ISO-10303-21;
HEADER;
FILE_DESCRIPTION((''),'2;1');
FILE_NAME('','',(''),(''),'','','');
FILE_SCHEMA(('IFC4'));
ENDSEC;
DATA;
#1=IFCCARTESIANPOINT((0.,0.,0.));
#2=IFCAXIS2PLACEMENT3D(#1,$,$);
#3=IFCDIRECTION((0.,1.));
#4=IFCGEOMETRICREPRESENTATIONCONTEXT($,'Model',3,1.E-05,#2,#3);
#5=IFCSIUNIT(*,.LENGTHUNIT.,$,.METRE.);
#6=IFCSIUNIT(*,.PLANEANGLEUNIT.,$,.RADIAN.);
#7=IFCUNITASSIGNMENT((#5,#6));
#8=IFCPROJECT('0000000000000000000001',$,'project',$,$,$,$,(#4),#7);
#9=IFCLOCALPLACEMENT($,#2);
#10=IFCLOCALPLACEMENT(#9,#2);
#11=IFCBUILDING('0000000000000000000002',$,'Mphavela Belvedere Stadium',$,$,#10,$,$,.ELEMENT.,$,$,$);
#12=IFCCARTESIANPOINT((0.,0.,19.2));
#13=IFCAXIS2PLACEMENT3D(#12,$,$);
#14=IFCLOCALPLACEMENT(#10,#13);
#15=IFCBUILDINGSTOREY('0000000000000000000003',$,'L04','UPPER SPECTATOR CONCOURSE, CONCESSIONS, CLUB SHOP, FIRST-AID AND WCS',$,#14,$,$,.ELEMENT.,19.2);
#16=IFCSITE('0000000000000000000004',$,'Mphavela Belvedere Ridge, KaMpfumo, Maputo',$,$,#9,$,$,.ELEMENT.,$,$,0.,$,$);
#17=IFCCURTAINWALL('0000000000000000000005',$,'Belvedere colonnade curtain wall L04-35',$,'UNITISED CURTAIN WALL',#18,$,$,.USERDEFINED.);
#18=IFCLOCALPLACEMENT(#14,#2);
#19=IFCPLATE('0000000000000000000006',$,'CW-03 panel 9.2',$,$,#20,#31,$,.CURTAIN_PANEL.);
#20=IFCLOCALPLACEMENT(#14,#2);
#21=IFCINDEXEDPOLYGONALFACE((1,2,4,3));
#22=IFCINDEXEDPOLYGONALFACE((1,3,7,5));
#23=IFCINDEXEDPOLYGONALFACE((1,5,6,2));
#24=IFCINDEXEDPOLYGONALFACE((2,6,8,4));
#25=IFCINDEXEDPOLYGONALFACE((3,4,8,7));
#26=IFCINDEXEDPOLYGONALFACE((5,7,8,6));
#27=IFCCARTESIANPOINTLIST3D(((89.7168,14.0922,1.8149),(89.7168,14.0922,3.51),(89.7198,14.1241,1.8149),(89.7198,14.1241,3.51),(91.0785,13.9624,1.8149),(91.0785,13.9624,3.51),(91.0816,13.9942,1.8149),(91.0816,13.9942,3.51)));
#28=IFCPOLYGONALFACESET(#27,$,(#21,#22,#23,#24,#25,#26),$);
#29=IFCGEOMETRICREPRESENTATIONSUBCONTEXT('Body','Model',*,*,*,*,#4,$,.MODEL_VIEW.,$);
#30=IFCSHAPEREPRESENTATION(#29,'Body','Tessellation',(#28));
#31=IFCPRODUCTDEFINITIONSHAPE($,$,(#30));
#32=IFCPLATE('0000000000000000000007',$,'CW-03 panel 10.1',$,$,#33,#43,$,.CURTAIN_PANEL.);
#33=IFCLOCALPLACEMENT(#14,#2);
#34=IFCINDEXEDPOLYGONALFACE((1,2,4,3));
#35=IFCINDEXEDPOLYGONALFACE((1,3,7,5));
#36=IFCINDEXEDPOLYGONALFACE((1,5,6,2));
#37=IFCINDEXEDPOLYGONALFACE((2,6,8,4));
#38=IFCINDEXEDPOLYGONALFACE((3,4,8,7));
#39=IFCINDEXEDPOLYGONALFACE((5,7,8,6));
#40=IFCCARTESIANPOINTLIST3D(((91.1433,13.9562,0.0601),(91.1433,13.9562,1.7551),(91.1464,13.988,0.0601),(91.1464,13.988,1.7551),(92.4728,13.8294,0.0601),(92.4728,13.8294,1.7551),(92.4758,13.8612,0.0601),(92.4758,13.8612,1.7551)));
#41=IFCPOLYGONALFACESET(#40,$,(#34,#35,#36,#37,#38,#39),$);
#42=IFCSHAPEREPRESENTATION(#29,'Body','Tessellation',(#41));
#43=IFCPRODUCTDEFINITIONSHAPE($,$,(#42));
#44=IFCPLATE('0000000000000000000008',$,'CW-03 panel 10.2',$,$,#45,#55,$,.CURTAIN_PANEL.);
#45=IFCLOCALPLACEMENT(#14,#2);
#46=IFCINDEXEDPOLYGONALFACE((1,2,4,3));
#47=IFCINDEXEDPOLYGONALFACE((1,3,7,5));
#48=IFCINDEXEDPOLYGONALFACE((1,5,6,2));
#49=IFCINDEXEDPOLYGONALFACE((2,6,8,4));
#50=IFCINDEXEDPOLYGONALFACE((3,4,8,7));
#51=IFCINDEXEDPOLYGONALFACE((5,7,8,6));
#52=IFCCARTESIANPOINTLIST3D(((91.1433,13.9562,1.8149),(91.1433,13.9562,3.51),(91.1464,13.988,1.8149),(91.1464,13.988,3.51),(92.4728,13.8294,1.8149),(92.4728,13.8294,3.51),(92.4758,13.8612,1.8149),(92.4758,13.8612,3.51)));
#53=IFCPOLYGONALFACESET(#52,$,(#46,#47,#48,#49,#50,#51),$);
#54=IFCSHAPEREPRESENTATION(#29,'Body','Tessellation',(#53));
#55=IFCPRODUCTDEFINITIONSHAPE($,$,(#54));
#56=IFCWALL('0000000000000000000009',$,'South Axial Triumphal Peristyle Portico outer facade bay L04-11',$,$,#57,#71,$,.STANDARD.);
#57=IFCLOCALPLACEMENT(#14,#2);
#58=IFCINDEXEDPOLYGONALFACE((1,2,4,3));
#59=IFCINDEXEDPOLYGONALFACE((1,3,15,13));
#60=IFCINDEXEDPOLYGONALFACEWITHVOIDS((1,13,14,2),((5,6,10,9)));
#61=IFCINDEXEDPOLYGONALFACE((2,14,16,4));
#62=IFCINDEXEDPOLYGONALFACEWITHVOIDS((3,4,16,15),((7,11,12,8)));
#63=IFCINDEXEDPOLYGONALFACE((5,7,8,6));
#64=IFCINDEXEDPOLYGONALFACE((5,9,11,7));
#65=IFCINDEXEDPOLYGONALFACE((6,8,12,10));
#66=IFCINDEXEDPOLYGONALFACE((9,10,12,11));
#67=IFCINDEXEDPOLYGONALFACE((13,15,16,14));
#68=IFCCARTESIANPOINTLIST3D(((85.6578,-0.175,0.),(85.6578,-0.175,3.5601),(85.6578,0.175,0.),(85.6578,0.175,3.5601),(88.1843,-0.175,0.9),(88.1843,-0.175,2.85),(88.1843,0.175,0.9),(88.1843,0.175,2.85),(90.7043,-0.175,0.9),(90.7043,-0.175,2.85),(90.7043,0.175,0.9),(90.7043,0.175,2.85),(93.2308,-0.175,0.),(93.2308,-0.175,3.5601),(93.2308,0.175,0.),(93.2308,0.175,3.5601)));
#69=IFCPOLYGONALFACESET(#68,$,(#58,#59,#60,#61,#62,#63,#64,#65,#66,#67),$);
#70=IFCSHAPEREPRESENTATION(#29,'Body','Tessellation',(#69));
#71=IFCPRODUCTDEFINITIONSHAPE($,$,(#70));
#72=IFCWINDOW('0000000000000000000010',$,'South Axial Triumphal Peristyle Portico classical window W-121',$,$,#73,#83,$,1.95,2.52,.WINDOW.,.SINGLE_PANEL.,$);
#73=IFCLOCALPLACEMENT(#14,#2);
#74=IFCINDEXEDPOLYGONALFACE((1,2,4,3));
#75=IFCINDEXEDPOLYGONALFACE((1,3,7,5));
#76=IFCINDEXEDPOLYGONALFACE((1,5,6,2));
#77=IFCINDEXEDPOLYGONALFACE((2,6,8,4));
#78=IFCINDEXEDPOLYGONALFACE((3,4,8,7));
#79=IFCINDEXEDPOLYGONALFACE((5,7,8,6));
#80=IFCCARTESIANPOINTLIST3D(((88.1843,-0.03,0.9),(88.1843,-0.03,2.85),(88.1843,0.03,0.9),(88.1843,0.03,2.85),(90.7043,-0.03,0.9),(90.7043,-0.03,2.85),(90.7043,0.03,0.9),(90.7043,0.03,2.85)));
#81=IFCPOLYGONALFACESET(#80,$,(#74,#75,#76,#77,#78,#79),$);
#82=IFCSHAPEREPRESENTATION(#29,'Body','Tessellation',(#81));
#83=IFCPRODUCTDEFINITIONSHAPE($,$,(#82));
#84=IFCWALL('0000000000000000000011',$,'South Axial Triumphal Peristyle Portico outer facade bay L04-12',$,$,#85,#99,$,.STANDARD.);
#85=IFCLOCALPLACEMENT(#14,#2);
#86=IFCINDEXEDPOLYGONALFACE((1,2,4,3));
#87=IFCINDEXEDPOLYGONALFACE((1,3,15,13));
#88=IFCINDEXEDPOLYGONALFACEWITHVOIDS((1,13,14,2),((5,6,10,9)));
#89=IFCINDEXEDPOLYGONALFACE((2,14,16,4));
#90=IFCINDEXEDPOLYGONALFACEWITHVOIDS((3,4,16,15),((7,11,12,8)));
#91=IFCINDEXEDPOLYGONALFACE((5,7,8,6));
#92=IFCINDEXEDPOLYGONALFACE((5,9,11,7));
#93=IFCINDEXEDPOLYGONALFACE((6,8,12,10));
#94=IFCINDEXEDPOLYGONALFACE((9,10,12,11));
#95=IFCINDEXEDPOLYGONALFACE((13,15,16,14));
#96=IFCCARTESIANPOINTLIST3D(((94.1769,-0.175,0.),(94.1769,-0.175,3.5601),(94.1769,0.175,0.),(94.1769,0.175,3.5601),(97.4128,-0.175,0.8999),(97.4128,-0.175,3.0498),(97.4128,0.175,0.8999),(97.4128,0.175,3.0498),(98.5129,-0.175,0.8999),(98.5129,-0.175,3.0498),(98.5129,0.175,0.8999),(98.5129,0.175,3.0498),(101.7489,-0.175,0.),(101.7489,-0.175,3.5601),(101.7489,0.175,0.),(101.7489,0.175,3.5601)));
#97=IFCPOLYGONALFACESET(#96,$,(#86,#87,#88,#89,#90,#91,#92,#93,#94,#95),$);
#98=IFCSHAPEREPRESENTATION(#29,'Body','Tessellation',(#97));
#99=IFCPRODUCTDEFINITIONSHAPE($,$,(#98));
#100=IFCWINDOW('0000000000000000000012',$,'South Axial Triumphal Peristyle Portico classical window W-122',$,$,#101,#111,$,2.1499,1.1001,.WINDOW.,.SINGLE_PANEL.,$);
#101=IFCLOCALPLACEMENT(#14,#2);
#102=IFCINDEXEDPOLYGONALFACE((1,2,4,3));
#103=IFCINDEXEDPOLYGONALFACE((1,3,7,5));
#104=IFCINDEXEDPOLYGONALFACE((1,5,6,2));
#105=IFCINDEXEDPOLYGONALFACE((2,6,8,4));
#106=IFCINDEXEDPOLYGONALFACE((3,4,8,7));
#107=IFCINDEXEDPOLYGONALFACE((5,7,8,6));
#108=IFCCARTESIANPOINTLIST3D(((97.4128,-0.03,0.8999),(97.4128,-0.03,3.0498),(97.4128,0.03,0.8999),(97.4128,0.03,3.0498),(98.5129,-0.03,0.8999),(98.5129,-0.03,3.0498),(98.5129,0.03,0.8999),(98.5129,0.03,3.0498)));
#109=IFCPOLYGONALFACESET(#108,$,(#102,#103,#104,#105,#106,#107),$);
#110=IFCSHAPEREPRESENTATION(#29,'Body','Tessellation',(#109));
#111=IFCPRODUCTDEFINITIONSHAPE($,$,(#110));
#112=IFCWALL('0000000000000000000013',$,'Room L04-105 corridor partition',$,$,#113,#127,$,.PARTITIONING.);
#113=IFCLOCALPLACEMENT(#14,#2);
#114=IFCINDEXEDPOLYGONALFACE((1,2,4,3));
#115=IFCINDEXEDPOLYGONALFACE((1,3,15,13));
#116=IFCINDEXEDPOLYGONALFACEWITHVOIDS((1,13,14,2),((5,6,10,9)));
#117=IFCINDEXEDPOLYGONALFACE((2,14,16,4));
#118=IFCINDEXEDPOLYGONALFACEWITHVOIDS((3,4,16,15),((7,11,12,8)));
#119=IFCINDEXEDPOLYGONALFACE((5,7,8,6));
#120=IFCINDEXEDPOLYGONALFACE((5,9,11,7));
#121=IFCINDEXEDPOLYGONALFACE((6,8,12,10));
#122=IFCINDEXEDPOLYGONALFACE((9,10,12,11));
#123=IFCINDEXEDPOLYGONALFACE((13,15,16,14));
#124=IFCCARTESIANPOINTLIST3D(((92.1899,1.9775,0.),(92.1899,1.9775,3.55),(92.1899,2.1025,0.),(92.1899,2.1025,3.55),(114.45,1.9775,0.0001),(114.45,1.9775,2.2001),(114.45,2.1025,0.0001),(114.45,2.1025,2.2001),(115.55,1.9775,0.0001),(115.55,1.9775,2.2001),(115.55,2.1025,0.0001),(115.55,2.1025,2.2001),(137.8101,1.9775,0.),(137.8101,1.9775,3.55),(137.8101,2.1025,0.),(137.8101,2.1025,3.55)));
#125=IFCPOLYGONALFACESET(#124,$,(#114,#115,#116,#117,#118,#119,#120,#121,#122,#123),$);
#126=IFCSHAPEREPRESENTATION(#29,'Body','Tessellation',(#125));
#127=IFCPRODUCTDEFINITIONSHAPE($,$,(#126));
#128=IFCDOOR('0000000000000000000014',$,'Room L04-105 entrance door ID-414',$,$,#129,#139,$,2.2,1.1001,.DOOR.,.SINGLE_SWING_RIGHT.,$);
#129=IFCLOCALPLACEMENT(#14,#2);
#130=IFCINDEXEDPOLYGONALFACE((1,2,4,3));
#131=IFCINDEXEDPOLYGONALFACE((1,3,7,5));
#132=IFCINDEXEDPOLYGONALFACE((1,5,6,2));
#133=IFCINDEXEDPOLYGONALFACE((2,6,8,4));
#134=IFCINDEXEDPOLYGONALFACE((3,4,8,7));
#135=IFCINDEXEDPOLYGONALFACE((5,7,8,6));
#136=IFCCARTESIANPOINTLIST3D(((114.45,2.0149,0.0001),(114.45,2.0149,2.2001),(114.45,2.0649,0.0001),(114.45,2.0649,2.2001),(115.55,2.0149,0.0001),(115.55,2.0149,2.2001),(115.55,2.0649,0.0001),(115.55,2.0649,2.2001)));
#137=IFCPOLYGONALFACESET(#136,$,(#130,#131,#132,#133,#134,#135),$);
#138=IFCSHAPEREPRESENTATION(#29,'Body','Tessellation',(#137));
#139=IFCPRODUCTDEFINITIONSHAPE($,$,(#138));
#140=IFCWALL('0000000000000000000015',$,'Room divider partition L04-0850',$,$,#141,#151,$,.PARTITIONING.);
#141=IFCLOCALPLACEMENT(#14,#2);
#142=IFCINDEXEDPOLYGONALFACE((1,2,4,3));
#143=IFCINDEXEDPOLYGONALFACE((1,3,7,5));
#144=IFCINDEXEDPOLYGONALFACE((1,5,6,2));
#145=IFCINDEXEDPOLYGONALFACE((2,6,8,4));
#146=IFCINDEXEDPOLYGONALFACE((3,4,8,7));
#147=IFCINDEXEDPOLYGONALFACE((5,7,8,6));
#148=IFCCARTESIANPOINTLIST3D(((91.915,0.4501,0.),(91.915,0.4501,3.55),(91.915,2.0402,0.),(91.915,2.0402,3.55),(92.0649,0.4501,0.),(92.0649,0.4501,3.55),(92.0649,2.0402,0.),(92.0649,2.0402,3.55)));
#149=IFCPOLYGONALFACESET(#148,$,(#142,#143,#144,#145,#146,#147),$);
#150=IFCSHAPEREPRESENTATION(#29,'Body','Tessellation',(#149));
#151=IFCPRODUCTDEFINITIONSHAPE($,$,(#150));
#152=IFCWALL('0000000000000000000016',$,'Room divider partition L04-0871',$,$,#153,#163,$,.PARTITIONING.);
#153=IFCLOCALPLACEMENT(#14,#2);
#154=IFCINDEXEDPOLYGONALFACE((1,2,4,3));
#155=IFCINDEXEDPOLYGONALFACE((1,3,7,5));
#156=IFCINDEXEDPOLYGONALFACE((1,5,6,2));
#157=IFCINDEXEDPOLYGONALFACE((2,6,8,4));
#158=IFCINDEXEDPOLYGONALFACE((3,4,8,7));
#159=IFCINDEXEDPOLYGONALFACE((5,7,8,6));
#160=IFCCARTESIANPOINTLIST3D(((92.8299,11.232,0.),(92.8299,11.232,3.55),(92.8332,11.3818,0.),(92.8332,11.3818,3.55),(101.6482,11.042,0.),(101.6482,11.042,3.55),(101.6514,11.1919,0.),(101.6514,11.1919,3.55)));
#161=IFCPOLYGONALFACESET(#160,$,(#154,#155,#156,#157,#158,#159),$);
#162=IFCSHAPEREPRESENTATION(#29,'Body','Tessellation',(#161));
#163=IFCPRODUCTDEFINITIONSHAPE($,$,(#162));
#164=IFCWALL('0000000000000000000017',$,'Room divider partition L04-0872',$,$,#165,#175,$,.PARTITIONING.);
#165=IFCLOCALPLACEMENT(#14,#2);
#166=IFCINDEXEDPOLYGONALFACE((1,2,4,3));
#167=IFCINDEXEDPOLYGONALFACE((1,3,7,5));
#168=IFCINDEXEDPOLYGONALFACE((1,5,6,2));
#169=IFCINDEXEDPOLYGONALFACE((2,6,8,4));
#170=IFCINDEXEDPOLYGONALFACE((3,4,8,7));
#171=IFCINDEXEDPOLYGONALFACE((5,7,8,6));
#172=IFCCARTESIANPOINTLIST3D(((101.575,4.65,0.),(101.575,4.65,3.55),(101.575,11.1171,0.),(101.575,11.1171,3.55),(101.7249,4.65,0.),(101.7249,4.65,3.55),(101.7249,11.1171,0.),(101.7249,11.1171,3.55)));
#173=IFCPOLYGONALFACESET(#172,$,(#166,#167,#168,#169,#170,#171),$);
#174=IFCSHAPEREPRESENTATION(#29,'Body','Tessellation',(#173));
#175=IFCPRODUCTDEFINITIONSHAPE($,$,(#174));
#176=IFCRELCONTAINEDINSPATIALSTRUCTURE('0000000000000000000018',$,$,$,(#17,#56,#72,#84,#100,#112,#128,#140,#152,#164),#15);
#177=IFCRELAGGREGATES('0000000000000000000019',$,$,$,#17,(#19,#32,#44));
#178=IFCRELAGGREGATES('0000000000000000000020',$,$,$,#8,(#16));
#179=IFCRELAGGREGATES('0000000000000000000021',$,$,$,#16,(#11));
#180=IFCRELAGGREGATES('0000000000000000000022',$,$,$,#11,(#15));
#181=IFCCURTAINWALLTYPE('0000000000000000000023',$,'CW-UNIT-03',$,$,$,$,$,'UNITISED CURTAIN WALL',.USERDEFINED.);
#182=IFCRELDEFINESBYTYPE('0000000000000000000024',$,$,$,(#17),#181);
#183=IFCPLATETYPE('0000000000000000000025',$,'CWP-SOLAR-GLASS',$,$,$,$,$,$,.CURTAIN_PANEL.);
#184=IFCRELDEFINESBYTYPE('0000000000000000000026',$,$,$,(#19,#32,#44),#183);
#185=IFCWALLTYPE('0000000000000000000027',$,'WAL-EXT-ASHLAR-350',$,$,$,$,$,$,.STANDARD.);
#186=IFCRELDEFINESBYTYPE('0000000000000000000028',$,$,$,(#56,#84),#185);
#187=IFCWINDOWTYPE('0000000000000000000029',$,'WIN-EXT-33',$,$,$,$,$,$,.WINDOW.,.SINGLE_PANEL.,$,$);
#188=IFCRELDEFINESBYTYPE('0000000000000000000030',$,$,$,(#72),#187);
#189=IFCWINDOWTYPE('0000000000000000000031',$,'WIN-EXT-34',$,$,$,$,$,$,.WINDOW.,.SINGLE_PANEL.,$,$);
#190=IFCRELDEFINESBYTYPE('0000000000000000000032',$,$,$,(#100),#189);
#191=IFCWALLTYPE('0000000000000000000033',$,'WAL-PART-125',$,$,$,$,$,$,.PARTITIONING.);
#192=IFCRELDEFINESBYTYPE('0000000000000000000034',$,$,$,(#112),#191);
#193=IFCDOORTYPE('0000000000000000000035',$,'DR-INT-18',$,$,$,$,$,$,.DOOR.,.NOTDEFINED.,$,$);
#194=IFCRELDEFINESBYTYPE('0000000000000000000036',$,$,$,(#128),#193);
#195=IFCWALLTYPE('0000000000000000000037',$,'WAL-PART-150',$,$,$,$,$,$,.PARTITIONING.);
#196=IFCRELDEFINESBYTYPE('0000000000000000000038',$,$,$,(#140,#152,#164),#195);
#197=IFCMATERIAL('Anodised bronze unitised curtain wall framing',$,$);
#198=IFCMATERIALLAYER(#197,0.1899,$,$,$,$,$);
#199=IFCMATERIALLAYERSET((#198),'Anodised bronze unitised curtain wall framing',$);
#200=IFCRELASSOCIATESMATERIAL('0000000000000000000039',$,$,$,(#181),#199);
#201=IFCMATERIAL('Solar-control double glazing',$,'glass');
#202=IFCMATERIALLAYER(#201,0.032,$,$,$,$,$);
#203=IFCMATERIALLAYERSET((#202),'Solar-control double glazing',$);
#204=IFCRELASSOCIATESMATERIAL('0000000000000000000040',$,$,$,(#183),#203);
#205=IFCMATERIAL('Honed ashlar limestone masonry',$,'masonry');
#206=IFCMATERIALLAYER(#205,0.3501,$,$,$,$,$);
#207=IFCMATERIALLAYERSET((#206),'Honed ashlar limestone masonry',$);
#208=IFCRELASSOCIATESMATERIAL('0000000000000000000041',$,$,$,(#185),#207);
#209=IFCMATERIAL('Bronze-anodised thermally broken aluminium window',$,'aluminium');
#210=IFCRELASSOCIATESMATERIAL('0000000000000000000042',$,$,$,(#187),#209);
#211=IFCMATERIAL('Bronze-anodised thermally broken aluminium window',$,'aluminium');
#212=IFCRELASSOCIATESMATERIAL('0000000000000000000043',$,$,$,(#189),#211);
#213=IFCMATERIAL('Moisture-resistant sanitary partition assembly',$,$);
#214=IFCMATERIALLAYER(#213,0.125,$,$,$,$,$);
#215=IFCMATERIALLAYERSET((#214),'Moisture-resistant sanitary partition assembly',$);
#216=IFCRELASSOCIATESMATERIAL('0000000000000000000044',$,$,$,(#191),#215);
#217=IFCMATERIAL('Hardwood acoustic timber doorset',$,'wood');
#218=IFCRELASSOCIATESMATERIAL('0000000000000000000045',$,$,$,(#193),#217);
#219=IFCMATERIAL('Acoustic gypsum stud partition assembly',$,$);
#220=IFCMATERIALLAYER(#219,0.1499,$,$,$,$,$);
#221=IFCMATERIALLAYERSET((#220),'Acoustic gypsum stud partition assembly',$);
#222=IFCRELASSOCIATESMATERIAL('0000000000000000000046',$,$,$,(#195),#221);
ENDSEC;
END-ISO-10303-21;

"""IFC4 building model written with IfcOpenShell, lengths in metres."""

from ifc_helpers import new_model, si_unit, direction, frame, frame_2d, origin, origin_2d, place, context, subcontext, project, spatial, rectangle, extrude, material, layer, layer_set, type_object, element, fill, aggregate, save


model = new_model("IFC4")

# Units and contexts
model_context = context("Model", 3, precision=1e-05, world=origin(), true_north=direction((0.0, 1.0)))
body_context = subcontext(model_context, "Body", "Model", "MODEL_VIEW")
ifc_project = project(units=[si_unit("LENGTHUNIT", "METRE"), si_unit("PLANEANGLEUNIT", "RADIAN")], contexts=[model_context])

# Site, building, storey
site_placement = place(None, origin())
site = spatial("IfcSite", under=ifc_project, at=site_placement, Name="Mphavela Belvedere Ridge, KaMpfumo, Maputo", CompositionType="ELEMENT", RefElevation=0.0)
building_placement = place(site_placement, origin())
building = spatial("IfcBuilding", under=site, at=building_placement, Name="Mphavela Belvedere Stadium", CompositionType="ELEMENT")
storey_placement = place(building_placement, frame((0.0, 0.0, 19.2)))
storey = spatial("IfcBuildingStorey", under=building, at=storey_placement, Name="L04", Description="UPPER SPECTATOR CONCOURSE, CONCESSIONS, CLUB SHOP, FIRST-AID AND WCS", CompositionType="ELEMENT", Elevation=19.2)

# Curtain wall, plates
ifc_material_1 = material(Name="Anodised bronze unitised curtain wall framing")
ifc_layer_1 = layer(ifc_material_1, 0.1899)
ifc_layer_set_1 = layer_set([ifc_layer_1], Name="Anodised bronze unitised curtain wall framing")
curtain_wall_type = type_object("IfcCurtainWallType", Name="CW-UNIT-03", ElementType="UNITISED CURTAIN WALL", PredefinedType="USERDEFINED", material=ifc_layer_set_1)
curtain_wall_placement = place(storey_placement, origin())
curtain_wall = element("IfcCurtainWall", 1, at=curtain_wall_placement, inside=storey, type_object=curtain_wall_type, Name="Belvedere colonnade curtain wall L04-35", ObjectType="UNITISED CURTAIN WALL", PredefinedType="USERDEFINED")
ifc_material_2 = material(Name="Solar-control double glazing", Category="glass")
ifc_layer_2 = layer(ifc_material_2, 0.032)
ifc_layer_set_2 = layer_set([ifc_layer_2], Name="Solar-control double glazing")
plate_type = type_object("IfcPlateType", Name="CWP-SOLAR-GLASS", PredefinedType="CURTAIN_PANEL", material=ifc_layer_set_2)
plate_1_placement = place(storey_placement, frame((90.3992, 14.0432, 1.8149), z_axis=(0.0, 0.0, 1.0), x_axis=(0.995484, -0.094933, 0.0)))
plate_1 = element("IfcPlate", 2, at=plate_1_placement, type_object=plate_type, Name="CW-03 panel 9.2", PredefinedType="CURTAIN_PANEL", context=body_context, shape_type="SweptSolid", body=[
    extrude(rectangle(XDim=1.3679, YDim=0.032, at=origin_2d()), origin(), (0.0, 0.0, 1.0), 1.6951),
])
plate_2_placement = place(storey_placement, frame((91.8096, 13.9087, 0.0601), z_axis=(0.0, 0.0, 1.0), x_axis=(0.995484, -0.094933, 0.0)))
plate_2 = element("IfcPlate", 3, at=plate_2_placement, type_object=plate_type, Name="CW-03 panel 10.1", PredefinedType="CURTAIN_PANEL", context=body_context, shape_type="SweptSolid", body=[
    extrude(rectangle(XDim=1.3354, YDim=0.032, at=origin_2d()), origin(), (0.0, 0.0, 1.0), 1.6951),
])
plate_3_placement = place(storey_placement, frame((91.8096, 13.9087, 1.8149), z_axis=(0.0, 0.0, 1.0), x_axis=(0.995484, -0.094933, 0.0)))
plate_3 = element("IfcPlate", 4, at=plate_3_placement, type_object=plate_type, Name="CW-03 panel 10.2", PredefinedType="CURTAIN_PANEL", context=body_context, shape_type="SweptSolid", body=[
    extrude(rectangle(XDim=1.3354, YDim=0.032, at=origin_2d()), origin(), (0.0, 0.0, 1.0), 1.6951),
])
aggregate(curtain_wall, [plate_1, plate_2, plate_3])

# Walls, openings, windows
ifc_material_3 = material(Name="Honed ashlar limestone masonry", Category="masonry")
ifc_layer_3 = layer(ifc_material_3, 0.3501)
ifc_layer_set_3 = layer_set([ifc_layer_3], Name="Honed ashlar limestone masonry")
wall_type_1 = type_object("IfcWallType", Name="WAL-EXT-ASHLAR-350", PredefinedType="STANDARD", material=ifc_layer_set_3)
wall_1_placement = place(storey_placement, frame((93.231, 0.0, 0.0), z_axis=(0.0, 0.0, 1.0), x_axis=(-1.0, 0.0, 0.0)))
wall_1 = element("IfcWall", 5, at=wall_1_placement, inside=storey, type_object=wall_type_1, Name="South Axial Triumphal Peristyle Portico outer facade bay L04-11", PredefinedType="STANDARD", context=body_context, shape_type="SweptSolid", body=[
    extrude(rectangle(XDim=7.573, YDim=0.3501, at=frame_2d((3.7866, 0.0))), origin(), (0.0, 0.0, 1.0), 3.5601),
])
opening_1_placement = place(wall_1_placement, frame((2.5266, 0.0, 0.8999)))
opening_1 = element("IfcOpeningElement", 6, at=opening_1_placement, cuts=wall_1, PredefinedType="OPENING", context=body_context, shape_type="SweptSolid", body=[
    extrude(rectangle(XDim=2.52, YDim=1.95, at=frame_2d((1.26, 0.9751))), frame((0.0, 0.1851, 0.0), z_axis=(0.0, -1.0, 0.0), x_axis=(1.0, 0.0, 0.0)), (0.0, 0.0, 1.0), 0.3701),
])
ifc_material_4 = material(Name="Bronze-anodised thermally broken aluminium window", Category="aluminium")
window_type_1 = type_object("IfcWindowType", Name="WIN-EXT-33", PartitioningType="SINGLE_PANEL", PredefinedType="WINDOW", material=ifc_material_4)
window_1_placement = place(opening_1_placement, origin())
window_1 = element("IfcWindow", 7, at=window_1_placement, inside=storey, type_object=window_type_1, Name="South Axial Triumphal Peristyle Portico classical window W-121", OverallHeight=1.95, OverallWidth=2.52, PartitioningType="SINGLE_PANEL", PredefinedType="WINDOW", context=body_context, shape_type="SweptSolid", body=[
    extrude(rectangle(XDim=2.52, YDim=1.95, at=frame_2d((1.26, 0.9751))), frame((0.0, 0.03, 0.0), z_axis=(0.0, -1.0, 0.0), x_axis=(1.0, 0.0, 0.0)), (0.0, 0.0, 1.0), 0.0601),
])
fill(opening_1, window_1)
wall_2_placement = place(storey_placement, frame((101.749, 0.0, 0.0), z_axis=(0.0, 0.0, 1.0), x_axis=(-1.0, 0.0, 0.0)))
wall_2 = element("IfcWall", 8, at=wall_2_placement, inside=storey, type_object=wall_type_1, Name="South Axial Triumphal Peristyle Portico outer facade bay L04-12", PredefinedType="STANDARD", context=body_context, shape_type="SweptSolid", body=[
    extrude(rectangle(XDim=7.572, YDim=0.3501, at=frame_2d((3.7861, 0.0))), origin(), (0.0, 0.0, 1.0), 3.5601),
])
opening_2_placement = place(wall_2_placement, frame((3.2361, 0.0, 0.8999)))
opening_2 = element("IfcOpeningElement", 9, at=opening_2_placement, cuts=wall_2, PredefinedType="OPENING", context=body_context, shape_type="SweptSolid", body=[
    extrude(rectangle(XDim=1.1001, YDim=2.1499, at=frame_2d((0.55, 1.075))), frame((0.0, 0.1851, 0.0), z_axis=(0.0, -1.0, 0.0), x_axis=(1.0, 0.0, 0.0)), (0.0, 0.0, 1.0), 0.3701),
])
ifc_material_5 = material(Name="Bronze-anodised thermally broken aluminium window", Category="aluminium")
window_type_2 = type_object("IfcWindowType", Name="WIN-EXT-34", PartitioningType="SINGLE_PANEL", PredefinedType="WINDOW", material=ifc_material_5)
window_2_placement = place(opening_2_placement, origin())
window_2 = element("IfcWindow", 10, at=window_2_placement, inside=storey, type_object=window_type_2, Name="South Axial Triumphal Peristyle Portico classical window W-122", OverallHeight=2.1499, OverallWidth=1.1001, PartitioningType="SINGLE_PANEL", PredefinedType="WINDOW", context=body_context, shape_type="SweptSolid", body=[
    extrude(rectangle(XDim=1.1001, YDim=2.1499, at=frame_2d((0.55, 1.075))), frame((0.0, 0.03, 0.0), z_axis=(0.0, -1.0, 0.0), x_axis=(1.0, 0.0, 0.0)), (0.0, 0.0, 1.0), 0.0601),
])
fill(opening_2, window_2)

# Wall, opening, door
ifc_material_6 = material(Name="Moisture-resistant sanitary partition assembly")
ifc_layer_4 = layer(ifc_material_6, 0.125)
ifc_layer_set_4 = layer_set([ifc_layer_4], Name="Moisture-resistant sanitary partition assembly")
wall_type_2 = type_object("IfcWallType", Name="WAL-PART-125", PredefinedType="PARTITIONING", material=ifc_layer_set_4)
wall_3_placement = place(storey_placement, frame((92.1899, 2.04, 0.0), z_axis=(0.0, 0.0, 1.0), x_axis=(1.0, 0.0, 0.0)))
wall_3 = element("IfcWall", 11, at=wall_3_placement, inside=storey, type_object=wall_type_2, Name="Room L04-105 corridor partition", PredefinedType="PARTITIONING", context=body_context, shape_type="SweptSolid", body=[
    extrude(rectangle(XDim=45.6201, YDim=0.125, at=frame_2d((22.8101, 0.0))), origin(), (0.0, 0.0, 1.0), 3.55),
])
opening_3_placement = place(wall_3_placement, frame((22.26, 0.0, 0.0)))
opening_3 = element("IfcOpeningElement", 12, at=opening_3_placement, cuts=wall_3, PredefinedType="OPENING", context=body_context, shape_type="SweptSolid", body=[
    extrude(rectangle(XDim=1.1001, YDim=2.2, at=frame_2d((0.55, 1.1001))), frame((0.0, 0.0725, 0.0), z_axis=(0.0, -1.0, 0.0), x_axis=(1.0, 0.0, 0.0)), (0.0, 0.0, 1.0), 0.145),
])
ifc_material_7 = material(Name="Hardwood acoustic timber doorset", Category="wood")
door_type = type_object("IfcDoorType", Name="DR-INT-18", OperationType="NOTDEFINED", PredefinedType="DOOR", material=ifc_material_7)
door_placement = place(opening_3_placement, origin())
door = element("IfcDoor", 13, at=door_placement, inside=storey, type_object=door_type, Name="Room L04-105 entrance door ID-414", OperationType="SINGLE_SWING_RIGHT", OverallHeight=2.2, OverallWidth=1.1001, PredefinedType="DOOR", context=body_context, shape_type="SweptSolid", body=[
    extrude(rectangle(XDim=1.1001, YDim=2.2, at=frame_2d((0.55, 1.1001))), frame((0.0, 0.0249, 0.0), z_axis=(0.0, -1.0, 0.0), x_axis=(1.0, 0.0, 0.0)), (0.0, 0.0, 1.0), 0.05),
])
fill(opening_3, door)

# Walls
ifc_material_8 = material(Name="Acoustic gypsum stud partition assembly")
ifc_layer_5 = layer(ifc_material_8, 0.1499)
ifc_layer_set_5 = layer_set([ifc_layer_5], Name="Acoustic gypsum stud partition assembly")
wall_type_3 = type_object("IfcWallType", Name="WAL-PART-150", PredefinedType="PARTITIONING", material=ifc_layer_set_5)
wall_4_placement = place(storey_placement, frame((91.99, 2.04, 0.0), z_axis=(0.0, 0.0, 1.0), x_axis=(0.0, -1.0, 0.0)))
element("IfcWall", 14, at=wall_4_placement, inside=storey, type_object=wall_type_3, Name="Room divider partition L04-0850", PredefinedType="PARTITIONING", context=body_context, shape_type="SweptSolid", body=[
    extrude(rectangle(XDim=1.5901, YDim=0.1499, at=frame_2d((0.7949, 0.0))), origin(), (0.0, 0.0, 1.0), 3.55),
])
wall_5_placement = place(storey_placement, frame((92.8315, 11.3069, 0.0), z_axis=(0.0, 0.0, 1.0), x_axis=(0.999768, -0.021534, 0.0)))
element("IfcWall", 15, at=wall_5_placement, inside=storey, type_object=wall_type_3, Name="Room divider partition L04-0871", PredefinedType="PARTITIONING", context=body_context, shape_type="SweptSolid", body=[
    extrude(rectangle(XDim=8.8203, YDim=0.1499, at=frame_2d((4.4102, 0.0))), origin(), (0.0, 0.0, 1.0), 3.55),
])
wall_6_placement = place(storey_placement, frame((101.6499, 11.1169, 0.0), z_axis=(0.0, 0.0, 1.0), x_axis=(0.0, -1.0, 0.0)))
element("IfcWall", 16, at=wall_6_placement, inside=storey, type_object=wall_type_3, Name="Room divider partition L04-0872", PredefinedType="PARTITIONING", context=body_context, shape_type="SweptSolid", body=[
    extrude(rectangle(XDim=6.467, YDim=0.1499, at=frame_2d((3.2334, 0.0))), origin(), (0.0, 0.0, 1.0), 3.55),
])

save(model, "model.ifc")
